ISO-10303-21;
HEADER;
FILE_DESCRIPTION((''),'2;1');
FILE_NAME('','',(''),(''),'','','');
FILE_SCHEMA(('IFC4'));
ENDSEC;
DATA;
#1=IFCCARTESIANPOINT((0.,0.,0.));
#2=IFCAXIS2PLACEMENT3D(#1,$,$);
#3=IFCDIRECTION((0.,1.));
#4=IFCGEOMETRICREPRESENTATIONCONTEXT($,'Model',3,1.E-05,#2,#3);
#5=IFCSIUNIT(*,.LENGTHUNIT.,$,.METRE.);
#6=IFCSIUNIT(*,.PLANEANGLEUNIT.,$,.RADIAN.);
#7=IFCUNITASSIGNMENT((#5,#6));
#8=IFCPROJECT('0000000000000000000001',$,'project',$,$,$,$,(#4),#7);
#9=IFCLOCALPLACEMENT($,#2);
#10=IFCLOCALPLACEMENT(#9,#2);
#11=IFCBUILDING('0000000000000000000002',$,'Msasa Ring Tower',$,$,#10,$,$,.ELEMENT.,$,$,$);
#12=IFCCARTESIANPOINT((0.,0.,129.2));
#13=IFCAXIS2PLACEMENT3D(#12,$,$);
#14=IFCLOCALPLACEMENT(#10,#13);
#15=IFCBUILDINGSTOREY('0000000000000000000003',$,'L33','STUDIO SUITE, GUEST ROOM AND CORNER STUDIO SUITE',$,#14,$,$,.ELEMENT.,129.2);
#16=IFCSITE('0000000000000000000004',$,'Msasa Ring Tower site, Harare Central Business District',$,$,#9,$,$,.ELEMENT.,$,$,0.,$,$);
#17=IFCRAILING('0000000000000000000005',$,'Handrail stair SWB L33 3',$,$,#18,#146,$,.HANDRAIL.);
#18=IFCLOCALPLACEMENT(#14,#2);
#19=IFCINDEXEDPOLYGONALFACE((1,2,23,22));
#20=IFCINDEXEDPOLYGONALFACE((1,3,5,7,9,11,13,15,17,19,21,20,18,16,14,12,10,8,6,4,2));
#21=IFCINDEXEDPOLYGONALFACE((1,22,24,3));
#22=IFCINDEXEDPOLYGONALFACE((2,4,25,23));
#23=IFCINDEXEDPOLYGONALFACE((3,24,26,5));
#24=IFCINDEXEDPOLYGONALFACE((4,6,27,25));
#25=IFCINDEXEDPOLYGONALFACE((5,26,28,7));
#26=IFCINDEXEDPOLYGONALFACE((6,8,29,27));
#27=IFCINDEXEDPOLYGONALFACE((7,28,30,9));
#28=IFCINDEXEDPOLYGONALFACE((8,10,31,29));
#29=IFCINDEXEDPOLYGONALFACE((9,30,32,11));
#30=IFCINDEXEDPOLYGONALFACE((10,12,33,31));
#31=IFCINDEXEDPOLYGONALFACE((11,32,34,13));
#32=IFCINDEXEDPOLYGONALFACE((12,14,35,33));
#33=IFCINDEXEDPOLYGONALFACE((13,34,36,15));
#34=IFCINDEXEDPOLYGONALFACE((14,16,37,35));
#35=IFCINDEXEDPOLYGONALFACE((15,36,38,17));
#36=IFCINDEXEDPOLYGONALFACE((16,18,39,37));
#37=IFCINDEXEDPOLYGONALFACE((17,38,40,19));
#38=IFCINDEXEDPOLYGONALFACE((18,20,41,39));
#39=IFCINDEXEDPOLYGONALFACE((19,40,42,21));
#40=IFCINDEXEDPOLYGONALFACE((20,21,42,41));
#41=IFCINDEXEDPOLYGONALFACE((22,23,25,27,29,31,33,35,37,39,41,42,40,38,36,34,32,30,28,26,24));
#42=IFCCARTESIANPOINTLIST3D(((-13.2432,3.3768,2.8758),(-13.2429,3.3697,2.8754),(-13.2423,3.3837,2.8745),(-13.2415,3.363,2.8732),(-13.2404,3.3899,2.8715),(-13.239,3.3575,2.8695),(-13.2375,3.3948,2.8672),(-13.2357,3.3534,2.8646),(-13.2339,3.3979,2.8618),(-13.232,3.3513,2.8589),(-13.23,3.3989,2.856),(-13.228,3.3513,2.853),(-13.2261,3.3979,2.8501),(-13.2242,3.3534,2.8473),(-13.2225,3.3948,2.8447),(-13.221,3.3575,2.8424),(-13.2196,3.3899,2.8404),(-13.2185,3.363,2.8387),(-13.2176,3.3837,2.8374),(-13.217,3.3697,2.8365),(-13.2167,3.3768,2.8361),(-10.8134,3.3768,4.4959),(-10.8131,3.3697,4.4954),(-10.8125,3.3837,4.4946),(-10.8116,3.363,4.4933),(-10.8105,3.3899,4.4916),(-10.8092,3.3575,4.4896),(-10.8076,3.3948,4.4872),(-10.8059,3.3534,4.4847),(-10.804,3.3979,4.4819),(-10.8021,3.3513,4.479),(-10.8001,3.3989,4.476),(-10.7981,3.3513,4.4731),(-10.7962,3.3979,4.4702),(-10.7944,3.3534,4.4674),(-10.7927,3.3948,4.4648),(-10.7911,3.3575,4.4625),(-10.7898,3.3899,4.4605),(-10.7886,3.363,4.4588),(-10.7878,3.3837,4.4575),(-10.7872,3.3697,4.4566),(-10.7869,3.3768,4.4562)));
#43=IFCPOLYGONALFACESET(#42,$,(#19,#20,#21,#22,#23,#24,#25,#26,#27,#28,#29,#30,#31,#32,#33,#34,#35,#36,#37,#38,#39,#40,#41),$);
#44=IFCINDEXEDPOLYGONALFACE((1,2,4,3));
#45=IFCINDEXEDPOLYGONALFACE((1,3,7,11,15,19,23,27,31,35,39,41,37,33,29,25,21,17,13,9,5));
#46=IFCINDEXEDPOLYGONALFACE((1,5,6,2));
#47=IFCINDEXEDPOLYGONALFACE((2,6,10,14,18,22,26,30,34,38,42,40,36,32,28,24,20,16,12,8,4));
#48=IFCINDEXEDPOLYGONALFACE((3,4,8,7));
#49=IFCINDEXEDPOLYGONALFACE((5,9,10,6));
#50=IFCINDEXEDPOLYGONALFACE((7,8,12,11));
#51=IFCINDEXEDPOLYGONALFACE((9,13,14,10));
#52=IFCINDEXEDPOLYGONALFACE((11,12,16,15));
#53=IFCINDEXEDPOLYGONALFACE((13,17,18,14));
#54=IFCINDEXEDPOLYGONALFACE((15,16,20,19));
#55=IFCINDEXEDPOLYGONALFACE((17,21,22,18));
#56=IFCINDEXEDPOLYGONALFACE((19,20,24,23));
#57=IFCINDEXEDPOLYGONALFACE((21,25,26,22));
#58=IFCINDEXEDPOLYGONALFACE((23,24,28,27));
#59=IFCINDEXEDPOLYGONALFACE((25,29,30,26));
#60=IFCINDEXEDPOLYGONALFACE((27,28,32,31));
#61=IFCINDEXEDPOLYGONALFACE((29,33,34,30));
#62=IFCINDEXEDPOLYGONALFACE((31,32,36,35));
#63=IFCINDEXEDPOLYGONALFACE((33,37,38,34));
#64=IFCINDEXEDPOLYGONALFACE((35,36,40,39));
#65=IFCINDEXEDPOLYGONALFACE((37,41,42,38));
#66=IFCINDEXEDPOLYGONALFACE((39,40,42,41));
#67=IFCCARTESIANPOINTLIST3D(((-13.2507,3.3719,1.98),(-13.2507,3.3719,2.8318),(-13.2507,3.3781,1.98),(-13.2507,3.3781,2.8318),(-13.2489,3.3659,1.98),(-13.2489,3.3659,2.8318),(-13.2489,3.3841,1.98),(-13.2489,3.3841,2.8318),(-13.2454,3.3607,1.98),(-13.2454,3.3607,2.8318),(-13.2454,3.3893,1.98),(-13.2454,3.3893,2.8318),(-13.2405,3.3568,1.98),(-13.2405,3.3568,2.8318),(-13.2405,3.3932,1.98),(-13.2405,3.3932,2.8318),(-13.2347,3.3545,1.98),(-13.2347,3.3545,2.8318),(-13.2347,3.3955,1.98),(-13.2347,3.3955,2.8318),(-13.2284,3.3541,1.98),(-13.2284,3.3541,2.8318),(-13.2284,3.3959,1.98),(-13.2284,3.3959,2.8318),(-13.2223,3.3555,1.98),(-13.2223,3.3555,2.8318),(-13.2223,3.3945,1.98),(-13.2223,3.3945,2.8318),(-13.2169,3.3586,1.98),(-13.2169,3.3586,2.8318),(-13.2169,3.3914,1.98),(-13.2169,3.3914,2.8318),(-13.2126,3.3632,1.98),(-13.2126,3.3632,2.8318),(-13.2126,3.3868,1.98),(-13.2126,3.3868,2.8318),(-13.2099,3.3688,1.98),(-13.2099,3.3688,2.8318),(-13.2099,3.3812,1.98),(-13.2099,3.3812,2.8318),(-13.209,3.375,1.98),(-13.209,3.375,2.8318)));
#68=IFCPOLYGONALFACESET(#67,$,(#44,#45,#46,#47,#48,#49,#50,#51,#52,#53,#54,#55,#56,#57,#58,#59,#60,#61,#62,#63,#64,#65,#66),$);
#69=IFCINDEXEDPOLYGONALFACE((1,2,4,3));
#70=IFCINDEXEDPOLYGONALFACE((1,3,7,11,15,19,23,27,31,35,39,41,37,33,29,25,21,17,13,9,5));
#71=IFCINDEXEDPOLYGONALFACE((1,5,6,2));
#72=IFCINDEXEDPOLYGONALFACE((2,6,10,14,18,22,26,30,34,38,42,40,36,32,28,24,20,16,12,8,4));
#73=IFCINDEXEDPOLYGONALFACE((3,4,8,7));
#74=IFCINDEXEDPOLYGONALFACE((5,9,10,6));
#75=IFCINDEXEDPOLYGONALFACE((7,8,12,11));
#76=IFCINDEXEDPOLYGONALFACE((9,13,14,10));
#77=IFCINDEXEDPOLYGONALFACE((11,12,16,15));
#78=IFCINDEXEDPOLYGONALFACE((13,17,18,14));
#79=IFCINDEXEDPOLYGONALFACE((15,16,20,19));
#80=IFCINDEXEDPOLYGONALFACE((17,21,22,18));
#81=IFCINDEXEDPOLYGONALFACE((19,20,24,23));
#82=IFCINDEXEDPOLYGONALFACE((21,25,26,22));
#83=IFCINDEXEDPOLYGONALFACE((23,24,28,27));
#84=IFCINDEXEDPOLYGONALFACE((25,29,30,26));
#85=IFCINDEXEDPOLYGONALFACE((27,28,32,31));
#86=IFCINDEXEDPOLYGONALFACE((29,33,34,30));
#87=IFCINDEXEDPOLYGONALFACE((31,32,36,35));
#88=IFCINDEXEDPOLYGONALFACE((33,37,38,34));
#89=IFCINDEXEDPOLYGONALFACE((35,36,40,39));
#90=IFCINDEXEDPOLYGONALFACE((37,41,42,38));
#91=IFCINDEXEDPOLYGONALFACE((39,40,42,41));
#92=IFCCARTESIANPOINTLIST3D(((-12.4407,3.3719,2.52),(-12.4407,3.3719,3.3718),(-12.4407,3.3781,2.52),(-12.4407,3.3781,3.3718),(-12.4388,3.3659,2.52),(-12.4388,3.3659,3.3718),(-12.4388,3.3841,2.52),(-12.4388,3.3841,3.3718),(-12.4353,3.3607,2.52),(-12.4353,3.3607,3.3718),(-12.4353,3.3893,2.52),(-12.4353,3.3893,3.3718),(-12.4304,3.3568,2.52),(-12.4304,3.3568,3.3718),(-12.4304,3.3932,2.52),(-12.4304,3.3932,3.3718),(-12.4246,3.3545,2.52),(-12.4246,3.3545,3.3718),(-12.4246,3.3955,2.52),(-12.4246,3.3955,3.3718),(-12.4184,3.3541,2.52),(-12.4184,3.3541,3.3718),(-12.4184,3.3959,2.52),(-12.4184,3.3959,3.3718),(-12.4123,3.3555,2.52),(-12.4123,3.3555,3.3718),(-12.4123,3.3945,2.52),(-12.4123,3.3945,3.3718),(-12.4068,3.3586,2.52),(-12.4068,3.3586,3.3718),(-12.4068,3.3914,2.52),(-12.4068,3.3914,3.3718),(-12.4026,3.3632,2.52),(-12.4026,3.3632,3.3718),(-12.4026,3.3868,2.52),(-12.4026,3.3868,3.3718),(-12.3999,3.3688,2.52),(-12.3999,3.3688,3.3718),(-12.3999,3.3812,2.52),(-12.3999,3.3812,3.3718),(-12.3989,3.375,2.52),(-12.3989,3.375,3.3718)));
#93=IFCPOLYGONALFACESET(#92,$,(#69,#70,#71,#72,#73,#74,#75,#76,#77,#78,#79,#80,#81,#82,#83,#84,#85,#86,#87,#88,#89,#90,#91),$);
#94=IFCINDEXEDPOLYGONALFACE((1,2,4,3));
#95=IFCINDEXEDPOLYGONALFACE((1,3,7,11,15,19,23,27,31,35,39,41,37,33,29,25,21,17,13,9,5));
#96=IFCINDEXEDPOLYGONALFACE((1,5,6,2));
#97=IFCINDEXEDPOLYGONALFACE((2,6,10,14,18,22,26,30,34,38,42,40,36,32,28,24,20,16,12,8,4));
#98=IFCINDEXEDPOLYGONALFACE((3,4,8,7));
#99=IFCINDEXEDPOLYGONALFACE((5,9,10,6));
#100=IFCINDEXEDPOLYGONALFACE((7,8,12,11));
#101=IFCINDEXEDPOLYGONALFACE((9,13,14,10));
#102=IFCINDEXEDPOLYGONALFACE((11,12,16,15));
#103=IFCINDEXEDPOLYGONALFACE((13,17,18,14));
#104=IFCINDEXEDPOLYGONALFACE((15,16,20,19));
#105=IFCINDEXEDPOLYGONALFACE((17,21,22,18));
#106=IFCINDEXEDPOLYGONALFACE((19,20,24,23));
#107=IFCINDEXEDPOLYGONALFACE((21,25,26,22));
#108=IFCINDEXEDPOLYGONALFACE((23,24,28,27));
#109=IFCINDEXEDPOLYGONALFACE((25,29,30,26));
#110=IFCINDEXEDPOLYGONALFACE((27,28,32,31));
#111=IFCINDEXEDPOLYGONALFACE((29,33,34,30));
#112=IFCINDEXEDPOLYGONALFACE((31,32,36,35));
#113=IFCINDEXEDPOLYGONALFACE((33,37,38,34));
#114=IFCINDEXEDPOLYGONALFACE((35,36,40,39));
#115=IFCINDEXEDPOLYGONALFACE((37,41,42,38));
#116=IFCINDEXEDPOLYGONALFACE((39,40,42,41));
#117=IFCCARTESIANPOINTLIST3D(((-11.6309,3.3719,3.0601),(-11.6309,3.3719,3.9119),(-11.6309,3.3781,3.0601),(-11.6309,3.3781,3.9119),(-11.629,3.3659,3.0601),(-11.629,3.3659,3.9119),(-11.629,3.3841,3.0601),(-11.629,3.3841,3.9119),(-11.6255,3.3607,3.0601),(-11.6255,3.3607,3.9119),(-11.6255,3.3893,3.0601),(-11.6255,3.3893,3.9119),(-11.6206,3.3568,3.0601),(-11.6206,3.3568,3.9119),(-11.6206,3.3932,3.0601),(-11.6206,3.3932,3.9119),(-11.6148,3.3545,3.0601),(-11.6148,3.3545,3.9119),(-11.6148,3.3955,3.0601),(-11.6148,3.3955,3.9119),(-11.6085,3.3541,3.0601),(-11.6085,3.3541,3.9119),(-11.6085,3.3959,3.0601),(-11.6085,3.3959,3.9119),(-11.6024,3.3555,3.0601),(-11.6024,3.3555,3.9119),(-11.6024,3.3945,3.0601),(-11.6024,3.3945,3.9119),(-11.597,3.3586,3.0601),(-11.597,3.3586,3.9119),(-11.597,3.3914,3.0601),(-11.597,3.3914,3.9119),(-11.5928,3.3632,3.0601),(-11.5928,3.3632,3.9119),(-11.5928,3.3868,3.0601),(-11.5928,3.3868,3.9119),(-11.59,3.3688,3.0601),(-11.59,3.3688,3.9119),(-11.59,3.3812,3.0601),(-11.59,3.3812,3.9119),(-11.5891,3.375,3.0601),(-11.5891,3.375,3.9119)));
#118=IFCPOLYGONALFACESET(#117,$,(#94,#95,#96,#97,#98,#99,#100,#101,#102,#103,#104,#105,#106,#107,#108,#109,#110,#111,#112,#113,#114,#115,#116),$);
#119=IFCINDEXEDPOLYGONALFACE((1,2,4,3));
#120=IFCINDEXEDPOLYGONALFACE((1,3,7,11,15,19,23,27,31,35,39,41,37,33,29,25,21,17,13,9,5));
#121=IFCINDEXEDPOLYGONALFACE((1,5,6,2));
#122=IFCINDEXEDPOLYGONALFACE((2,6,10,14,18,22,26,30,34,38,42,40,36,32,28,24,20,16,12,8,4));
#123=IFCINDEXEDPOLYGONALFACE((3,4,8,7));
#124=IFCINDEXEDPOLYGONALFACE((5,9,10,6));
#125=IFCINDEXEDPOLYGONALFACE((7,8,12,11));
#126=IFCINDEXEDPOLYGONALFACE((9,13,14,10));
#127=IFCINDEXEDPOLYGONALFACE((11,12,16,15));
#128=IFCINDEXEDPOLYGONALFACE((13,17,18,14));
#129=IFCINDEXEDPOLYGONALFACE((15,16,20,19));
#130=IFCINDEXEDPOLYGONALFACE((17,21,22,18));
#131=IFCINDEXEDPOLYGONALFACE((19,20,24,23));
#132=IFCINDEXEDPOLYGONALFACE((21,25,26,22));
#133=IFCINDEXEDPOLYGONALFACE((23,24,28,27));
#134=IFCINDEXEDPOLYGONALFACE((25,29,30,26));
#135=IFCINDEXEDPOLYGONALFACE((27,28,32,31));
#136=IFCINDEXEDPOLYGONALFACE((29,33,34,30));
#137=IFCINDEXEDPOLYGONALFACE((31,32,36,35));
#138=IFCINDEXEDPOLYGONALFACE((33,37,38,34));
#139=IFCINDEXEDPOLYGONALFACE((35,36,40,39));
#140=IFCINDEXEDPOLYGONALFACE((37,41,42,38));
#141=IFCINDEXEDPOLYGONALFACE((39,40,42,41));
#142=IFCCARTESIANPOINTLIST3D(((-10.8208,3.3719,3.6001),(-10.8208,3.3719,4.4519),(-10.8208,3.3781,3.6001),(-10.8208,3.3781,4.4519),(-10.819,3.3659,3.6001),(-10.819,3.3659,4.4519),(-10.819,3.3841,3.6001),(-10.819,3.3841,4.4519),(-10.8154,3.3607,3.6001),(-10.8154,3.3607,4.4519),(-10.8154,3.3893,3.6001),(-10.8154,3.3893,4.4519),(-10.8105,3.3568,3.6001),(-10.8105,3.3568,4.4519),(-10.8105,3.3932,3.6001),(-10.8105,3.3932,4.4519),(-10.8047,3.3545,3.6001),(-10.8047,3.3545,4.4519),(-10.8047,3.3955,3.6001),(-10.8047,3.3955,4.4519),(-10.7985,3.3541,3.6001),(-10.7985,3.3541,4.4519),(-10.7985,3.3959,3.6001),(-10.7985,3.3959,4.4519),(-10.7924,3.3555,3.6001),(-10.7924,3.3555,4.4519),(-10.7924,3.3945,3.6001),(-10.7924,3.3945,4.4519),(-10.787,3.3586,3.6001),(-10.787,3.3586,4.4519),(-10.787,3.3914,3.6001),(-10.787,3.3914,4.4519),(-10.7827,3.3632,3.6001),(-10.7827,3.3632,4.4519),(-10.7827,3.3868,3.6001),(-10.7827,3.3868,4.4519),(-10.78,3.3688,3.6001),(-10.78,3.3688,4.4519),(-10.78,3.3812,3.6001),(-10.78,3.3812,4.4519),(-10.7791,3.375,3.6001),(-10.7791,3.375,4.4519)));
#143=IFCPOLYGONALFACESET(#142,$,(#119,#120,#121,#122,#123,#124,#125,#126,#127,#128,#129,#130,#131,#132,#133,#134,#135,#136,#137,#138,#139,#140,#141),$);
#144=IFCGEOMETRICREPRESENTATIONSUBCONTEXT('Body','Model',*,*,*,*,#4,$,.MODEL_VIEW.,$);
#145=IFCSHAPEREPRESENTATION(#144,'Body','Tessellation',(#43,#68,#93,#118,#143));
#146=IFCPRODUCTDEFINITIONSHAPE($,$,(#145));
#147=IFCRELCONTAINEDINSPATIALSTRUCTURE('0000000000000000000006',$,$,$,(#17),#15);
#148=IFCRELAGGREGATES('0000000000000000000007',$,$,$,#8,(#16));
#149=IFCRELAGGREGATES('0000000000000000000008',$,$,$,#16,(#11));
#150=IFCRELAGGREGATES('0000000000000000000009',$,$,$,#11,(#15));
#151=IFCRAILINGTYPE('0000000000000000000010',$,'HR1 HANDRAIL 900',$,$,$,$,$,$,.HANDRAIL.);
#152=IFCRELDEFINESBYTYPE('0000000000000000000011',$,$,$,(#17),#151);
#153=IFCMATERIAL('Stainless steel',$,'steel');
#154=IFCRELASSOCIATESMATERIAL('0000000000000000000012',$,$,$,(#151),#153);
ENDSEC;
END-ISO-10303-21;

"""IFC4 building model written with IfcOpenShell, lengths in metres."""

from ifc_helpers import new_model, si_unit, direction, frame, origin, origin_2d, place, context, subcontext, project, spatial, circle, extrude, material, type_object, element, save


model = new_model("IFC4")

# Units and contexts
model_context = context("Model", 3, precision=1e-05, world=origin(), true_north=direction((0.0, 1.0)))
body_context = subcontext(model_context, "Body", "Model", "MODEL_VIEW")
ifc_project = project(units=[si_unit("LENGTHUNIT", "METRE"), si_unit("PLANEANGLEUNIT", "RADIAN")], contexts=[model_context])

# Site, building, storey
site_placement = place(None, origin())
site = spatial("IfcSite", under=ifc_project, at=site_placement, Name="Msasa Ring Tower site, Harare Central Business District", CompositionType="ELEMENT", RefElevation=0.0)
building_placement = place(site_placement, origin())
building = spatial("IfcBuilding", under=site, at=building_placement, Name="Msasa Ring Tower", CompositionType="ELEMENT")
storey_placement = place(building_placement, frame((0.0, 0.0, 129.2)))
storey = spatial("IfcBuildingStorey", under=building, at=storey_placement, Name="L33", Description="STUDIO SUITE, GUEST ROOM AND CORNER STUDIO SUITE", CompositionType="ELEMENT", Elevation=129.2)

# Railing
ifc_material_1 = material(Name="Stainless steel", Category="steel")
railing_type = type_object("IfcRailingType", Name="HR1 HANDRAIL 900", PredefinedType="HANDRAIL", material=ifc_material_1)
for number, where, name in (
    (1, (-13.23, 3.375, 1.98), "Handrail stair SWB L33 3"),
):
    element("IfcRailing", number, at=place(storey_placement, frame(where)), inside=storey, type_object=railing_type, Name=name, PredefinedType="HANDRAIL", context=body_context, shape_type="SweptSolid", body=[
        extrude(circle(Radius=0.0239, at=origin_2d()), frame((0.0, 0.0, 0.876), z_axis=(0.832025, 0.0, 0.554739), x_axis=(0.0, 1.0, 0.0)), (0.0, 0.0, 1.0), 2.9204),
        extrude(circle(Radius=0.021, at=origin_2d()), origin(), (0.0, 0.0, 1.0), 0.8518),
        extrude(circle(Radius=0.021, at=origin_2d()), frame((0.8101, 0.0, 0.54)), (0.0, 0.0, 1.0), 0.8518),
        extrude(circle(Radius=0.021, at=origin_2d()), frame((1.6199, 0.0, 1.0801)), (0.0, 0.0, 1.0), 0.8518),
        extrude(circle(Radius=0.021, at=origin_2d()), frame((2.4299, 0.0, 1.6201)), (0.0, 0.0, 1.0), 0.8518),
    ])

save(model, "model.ifc")
